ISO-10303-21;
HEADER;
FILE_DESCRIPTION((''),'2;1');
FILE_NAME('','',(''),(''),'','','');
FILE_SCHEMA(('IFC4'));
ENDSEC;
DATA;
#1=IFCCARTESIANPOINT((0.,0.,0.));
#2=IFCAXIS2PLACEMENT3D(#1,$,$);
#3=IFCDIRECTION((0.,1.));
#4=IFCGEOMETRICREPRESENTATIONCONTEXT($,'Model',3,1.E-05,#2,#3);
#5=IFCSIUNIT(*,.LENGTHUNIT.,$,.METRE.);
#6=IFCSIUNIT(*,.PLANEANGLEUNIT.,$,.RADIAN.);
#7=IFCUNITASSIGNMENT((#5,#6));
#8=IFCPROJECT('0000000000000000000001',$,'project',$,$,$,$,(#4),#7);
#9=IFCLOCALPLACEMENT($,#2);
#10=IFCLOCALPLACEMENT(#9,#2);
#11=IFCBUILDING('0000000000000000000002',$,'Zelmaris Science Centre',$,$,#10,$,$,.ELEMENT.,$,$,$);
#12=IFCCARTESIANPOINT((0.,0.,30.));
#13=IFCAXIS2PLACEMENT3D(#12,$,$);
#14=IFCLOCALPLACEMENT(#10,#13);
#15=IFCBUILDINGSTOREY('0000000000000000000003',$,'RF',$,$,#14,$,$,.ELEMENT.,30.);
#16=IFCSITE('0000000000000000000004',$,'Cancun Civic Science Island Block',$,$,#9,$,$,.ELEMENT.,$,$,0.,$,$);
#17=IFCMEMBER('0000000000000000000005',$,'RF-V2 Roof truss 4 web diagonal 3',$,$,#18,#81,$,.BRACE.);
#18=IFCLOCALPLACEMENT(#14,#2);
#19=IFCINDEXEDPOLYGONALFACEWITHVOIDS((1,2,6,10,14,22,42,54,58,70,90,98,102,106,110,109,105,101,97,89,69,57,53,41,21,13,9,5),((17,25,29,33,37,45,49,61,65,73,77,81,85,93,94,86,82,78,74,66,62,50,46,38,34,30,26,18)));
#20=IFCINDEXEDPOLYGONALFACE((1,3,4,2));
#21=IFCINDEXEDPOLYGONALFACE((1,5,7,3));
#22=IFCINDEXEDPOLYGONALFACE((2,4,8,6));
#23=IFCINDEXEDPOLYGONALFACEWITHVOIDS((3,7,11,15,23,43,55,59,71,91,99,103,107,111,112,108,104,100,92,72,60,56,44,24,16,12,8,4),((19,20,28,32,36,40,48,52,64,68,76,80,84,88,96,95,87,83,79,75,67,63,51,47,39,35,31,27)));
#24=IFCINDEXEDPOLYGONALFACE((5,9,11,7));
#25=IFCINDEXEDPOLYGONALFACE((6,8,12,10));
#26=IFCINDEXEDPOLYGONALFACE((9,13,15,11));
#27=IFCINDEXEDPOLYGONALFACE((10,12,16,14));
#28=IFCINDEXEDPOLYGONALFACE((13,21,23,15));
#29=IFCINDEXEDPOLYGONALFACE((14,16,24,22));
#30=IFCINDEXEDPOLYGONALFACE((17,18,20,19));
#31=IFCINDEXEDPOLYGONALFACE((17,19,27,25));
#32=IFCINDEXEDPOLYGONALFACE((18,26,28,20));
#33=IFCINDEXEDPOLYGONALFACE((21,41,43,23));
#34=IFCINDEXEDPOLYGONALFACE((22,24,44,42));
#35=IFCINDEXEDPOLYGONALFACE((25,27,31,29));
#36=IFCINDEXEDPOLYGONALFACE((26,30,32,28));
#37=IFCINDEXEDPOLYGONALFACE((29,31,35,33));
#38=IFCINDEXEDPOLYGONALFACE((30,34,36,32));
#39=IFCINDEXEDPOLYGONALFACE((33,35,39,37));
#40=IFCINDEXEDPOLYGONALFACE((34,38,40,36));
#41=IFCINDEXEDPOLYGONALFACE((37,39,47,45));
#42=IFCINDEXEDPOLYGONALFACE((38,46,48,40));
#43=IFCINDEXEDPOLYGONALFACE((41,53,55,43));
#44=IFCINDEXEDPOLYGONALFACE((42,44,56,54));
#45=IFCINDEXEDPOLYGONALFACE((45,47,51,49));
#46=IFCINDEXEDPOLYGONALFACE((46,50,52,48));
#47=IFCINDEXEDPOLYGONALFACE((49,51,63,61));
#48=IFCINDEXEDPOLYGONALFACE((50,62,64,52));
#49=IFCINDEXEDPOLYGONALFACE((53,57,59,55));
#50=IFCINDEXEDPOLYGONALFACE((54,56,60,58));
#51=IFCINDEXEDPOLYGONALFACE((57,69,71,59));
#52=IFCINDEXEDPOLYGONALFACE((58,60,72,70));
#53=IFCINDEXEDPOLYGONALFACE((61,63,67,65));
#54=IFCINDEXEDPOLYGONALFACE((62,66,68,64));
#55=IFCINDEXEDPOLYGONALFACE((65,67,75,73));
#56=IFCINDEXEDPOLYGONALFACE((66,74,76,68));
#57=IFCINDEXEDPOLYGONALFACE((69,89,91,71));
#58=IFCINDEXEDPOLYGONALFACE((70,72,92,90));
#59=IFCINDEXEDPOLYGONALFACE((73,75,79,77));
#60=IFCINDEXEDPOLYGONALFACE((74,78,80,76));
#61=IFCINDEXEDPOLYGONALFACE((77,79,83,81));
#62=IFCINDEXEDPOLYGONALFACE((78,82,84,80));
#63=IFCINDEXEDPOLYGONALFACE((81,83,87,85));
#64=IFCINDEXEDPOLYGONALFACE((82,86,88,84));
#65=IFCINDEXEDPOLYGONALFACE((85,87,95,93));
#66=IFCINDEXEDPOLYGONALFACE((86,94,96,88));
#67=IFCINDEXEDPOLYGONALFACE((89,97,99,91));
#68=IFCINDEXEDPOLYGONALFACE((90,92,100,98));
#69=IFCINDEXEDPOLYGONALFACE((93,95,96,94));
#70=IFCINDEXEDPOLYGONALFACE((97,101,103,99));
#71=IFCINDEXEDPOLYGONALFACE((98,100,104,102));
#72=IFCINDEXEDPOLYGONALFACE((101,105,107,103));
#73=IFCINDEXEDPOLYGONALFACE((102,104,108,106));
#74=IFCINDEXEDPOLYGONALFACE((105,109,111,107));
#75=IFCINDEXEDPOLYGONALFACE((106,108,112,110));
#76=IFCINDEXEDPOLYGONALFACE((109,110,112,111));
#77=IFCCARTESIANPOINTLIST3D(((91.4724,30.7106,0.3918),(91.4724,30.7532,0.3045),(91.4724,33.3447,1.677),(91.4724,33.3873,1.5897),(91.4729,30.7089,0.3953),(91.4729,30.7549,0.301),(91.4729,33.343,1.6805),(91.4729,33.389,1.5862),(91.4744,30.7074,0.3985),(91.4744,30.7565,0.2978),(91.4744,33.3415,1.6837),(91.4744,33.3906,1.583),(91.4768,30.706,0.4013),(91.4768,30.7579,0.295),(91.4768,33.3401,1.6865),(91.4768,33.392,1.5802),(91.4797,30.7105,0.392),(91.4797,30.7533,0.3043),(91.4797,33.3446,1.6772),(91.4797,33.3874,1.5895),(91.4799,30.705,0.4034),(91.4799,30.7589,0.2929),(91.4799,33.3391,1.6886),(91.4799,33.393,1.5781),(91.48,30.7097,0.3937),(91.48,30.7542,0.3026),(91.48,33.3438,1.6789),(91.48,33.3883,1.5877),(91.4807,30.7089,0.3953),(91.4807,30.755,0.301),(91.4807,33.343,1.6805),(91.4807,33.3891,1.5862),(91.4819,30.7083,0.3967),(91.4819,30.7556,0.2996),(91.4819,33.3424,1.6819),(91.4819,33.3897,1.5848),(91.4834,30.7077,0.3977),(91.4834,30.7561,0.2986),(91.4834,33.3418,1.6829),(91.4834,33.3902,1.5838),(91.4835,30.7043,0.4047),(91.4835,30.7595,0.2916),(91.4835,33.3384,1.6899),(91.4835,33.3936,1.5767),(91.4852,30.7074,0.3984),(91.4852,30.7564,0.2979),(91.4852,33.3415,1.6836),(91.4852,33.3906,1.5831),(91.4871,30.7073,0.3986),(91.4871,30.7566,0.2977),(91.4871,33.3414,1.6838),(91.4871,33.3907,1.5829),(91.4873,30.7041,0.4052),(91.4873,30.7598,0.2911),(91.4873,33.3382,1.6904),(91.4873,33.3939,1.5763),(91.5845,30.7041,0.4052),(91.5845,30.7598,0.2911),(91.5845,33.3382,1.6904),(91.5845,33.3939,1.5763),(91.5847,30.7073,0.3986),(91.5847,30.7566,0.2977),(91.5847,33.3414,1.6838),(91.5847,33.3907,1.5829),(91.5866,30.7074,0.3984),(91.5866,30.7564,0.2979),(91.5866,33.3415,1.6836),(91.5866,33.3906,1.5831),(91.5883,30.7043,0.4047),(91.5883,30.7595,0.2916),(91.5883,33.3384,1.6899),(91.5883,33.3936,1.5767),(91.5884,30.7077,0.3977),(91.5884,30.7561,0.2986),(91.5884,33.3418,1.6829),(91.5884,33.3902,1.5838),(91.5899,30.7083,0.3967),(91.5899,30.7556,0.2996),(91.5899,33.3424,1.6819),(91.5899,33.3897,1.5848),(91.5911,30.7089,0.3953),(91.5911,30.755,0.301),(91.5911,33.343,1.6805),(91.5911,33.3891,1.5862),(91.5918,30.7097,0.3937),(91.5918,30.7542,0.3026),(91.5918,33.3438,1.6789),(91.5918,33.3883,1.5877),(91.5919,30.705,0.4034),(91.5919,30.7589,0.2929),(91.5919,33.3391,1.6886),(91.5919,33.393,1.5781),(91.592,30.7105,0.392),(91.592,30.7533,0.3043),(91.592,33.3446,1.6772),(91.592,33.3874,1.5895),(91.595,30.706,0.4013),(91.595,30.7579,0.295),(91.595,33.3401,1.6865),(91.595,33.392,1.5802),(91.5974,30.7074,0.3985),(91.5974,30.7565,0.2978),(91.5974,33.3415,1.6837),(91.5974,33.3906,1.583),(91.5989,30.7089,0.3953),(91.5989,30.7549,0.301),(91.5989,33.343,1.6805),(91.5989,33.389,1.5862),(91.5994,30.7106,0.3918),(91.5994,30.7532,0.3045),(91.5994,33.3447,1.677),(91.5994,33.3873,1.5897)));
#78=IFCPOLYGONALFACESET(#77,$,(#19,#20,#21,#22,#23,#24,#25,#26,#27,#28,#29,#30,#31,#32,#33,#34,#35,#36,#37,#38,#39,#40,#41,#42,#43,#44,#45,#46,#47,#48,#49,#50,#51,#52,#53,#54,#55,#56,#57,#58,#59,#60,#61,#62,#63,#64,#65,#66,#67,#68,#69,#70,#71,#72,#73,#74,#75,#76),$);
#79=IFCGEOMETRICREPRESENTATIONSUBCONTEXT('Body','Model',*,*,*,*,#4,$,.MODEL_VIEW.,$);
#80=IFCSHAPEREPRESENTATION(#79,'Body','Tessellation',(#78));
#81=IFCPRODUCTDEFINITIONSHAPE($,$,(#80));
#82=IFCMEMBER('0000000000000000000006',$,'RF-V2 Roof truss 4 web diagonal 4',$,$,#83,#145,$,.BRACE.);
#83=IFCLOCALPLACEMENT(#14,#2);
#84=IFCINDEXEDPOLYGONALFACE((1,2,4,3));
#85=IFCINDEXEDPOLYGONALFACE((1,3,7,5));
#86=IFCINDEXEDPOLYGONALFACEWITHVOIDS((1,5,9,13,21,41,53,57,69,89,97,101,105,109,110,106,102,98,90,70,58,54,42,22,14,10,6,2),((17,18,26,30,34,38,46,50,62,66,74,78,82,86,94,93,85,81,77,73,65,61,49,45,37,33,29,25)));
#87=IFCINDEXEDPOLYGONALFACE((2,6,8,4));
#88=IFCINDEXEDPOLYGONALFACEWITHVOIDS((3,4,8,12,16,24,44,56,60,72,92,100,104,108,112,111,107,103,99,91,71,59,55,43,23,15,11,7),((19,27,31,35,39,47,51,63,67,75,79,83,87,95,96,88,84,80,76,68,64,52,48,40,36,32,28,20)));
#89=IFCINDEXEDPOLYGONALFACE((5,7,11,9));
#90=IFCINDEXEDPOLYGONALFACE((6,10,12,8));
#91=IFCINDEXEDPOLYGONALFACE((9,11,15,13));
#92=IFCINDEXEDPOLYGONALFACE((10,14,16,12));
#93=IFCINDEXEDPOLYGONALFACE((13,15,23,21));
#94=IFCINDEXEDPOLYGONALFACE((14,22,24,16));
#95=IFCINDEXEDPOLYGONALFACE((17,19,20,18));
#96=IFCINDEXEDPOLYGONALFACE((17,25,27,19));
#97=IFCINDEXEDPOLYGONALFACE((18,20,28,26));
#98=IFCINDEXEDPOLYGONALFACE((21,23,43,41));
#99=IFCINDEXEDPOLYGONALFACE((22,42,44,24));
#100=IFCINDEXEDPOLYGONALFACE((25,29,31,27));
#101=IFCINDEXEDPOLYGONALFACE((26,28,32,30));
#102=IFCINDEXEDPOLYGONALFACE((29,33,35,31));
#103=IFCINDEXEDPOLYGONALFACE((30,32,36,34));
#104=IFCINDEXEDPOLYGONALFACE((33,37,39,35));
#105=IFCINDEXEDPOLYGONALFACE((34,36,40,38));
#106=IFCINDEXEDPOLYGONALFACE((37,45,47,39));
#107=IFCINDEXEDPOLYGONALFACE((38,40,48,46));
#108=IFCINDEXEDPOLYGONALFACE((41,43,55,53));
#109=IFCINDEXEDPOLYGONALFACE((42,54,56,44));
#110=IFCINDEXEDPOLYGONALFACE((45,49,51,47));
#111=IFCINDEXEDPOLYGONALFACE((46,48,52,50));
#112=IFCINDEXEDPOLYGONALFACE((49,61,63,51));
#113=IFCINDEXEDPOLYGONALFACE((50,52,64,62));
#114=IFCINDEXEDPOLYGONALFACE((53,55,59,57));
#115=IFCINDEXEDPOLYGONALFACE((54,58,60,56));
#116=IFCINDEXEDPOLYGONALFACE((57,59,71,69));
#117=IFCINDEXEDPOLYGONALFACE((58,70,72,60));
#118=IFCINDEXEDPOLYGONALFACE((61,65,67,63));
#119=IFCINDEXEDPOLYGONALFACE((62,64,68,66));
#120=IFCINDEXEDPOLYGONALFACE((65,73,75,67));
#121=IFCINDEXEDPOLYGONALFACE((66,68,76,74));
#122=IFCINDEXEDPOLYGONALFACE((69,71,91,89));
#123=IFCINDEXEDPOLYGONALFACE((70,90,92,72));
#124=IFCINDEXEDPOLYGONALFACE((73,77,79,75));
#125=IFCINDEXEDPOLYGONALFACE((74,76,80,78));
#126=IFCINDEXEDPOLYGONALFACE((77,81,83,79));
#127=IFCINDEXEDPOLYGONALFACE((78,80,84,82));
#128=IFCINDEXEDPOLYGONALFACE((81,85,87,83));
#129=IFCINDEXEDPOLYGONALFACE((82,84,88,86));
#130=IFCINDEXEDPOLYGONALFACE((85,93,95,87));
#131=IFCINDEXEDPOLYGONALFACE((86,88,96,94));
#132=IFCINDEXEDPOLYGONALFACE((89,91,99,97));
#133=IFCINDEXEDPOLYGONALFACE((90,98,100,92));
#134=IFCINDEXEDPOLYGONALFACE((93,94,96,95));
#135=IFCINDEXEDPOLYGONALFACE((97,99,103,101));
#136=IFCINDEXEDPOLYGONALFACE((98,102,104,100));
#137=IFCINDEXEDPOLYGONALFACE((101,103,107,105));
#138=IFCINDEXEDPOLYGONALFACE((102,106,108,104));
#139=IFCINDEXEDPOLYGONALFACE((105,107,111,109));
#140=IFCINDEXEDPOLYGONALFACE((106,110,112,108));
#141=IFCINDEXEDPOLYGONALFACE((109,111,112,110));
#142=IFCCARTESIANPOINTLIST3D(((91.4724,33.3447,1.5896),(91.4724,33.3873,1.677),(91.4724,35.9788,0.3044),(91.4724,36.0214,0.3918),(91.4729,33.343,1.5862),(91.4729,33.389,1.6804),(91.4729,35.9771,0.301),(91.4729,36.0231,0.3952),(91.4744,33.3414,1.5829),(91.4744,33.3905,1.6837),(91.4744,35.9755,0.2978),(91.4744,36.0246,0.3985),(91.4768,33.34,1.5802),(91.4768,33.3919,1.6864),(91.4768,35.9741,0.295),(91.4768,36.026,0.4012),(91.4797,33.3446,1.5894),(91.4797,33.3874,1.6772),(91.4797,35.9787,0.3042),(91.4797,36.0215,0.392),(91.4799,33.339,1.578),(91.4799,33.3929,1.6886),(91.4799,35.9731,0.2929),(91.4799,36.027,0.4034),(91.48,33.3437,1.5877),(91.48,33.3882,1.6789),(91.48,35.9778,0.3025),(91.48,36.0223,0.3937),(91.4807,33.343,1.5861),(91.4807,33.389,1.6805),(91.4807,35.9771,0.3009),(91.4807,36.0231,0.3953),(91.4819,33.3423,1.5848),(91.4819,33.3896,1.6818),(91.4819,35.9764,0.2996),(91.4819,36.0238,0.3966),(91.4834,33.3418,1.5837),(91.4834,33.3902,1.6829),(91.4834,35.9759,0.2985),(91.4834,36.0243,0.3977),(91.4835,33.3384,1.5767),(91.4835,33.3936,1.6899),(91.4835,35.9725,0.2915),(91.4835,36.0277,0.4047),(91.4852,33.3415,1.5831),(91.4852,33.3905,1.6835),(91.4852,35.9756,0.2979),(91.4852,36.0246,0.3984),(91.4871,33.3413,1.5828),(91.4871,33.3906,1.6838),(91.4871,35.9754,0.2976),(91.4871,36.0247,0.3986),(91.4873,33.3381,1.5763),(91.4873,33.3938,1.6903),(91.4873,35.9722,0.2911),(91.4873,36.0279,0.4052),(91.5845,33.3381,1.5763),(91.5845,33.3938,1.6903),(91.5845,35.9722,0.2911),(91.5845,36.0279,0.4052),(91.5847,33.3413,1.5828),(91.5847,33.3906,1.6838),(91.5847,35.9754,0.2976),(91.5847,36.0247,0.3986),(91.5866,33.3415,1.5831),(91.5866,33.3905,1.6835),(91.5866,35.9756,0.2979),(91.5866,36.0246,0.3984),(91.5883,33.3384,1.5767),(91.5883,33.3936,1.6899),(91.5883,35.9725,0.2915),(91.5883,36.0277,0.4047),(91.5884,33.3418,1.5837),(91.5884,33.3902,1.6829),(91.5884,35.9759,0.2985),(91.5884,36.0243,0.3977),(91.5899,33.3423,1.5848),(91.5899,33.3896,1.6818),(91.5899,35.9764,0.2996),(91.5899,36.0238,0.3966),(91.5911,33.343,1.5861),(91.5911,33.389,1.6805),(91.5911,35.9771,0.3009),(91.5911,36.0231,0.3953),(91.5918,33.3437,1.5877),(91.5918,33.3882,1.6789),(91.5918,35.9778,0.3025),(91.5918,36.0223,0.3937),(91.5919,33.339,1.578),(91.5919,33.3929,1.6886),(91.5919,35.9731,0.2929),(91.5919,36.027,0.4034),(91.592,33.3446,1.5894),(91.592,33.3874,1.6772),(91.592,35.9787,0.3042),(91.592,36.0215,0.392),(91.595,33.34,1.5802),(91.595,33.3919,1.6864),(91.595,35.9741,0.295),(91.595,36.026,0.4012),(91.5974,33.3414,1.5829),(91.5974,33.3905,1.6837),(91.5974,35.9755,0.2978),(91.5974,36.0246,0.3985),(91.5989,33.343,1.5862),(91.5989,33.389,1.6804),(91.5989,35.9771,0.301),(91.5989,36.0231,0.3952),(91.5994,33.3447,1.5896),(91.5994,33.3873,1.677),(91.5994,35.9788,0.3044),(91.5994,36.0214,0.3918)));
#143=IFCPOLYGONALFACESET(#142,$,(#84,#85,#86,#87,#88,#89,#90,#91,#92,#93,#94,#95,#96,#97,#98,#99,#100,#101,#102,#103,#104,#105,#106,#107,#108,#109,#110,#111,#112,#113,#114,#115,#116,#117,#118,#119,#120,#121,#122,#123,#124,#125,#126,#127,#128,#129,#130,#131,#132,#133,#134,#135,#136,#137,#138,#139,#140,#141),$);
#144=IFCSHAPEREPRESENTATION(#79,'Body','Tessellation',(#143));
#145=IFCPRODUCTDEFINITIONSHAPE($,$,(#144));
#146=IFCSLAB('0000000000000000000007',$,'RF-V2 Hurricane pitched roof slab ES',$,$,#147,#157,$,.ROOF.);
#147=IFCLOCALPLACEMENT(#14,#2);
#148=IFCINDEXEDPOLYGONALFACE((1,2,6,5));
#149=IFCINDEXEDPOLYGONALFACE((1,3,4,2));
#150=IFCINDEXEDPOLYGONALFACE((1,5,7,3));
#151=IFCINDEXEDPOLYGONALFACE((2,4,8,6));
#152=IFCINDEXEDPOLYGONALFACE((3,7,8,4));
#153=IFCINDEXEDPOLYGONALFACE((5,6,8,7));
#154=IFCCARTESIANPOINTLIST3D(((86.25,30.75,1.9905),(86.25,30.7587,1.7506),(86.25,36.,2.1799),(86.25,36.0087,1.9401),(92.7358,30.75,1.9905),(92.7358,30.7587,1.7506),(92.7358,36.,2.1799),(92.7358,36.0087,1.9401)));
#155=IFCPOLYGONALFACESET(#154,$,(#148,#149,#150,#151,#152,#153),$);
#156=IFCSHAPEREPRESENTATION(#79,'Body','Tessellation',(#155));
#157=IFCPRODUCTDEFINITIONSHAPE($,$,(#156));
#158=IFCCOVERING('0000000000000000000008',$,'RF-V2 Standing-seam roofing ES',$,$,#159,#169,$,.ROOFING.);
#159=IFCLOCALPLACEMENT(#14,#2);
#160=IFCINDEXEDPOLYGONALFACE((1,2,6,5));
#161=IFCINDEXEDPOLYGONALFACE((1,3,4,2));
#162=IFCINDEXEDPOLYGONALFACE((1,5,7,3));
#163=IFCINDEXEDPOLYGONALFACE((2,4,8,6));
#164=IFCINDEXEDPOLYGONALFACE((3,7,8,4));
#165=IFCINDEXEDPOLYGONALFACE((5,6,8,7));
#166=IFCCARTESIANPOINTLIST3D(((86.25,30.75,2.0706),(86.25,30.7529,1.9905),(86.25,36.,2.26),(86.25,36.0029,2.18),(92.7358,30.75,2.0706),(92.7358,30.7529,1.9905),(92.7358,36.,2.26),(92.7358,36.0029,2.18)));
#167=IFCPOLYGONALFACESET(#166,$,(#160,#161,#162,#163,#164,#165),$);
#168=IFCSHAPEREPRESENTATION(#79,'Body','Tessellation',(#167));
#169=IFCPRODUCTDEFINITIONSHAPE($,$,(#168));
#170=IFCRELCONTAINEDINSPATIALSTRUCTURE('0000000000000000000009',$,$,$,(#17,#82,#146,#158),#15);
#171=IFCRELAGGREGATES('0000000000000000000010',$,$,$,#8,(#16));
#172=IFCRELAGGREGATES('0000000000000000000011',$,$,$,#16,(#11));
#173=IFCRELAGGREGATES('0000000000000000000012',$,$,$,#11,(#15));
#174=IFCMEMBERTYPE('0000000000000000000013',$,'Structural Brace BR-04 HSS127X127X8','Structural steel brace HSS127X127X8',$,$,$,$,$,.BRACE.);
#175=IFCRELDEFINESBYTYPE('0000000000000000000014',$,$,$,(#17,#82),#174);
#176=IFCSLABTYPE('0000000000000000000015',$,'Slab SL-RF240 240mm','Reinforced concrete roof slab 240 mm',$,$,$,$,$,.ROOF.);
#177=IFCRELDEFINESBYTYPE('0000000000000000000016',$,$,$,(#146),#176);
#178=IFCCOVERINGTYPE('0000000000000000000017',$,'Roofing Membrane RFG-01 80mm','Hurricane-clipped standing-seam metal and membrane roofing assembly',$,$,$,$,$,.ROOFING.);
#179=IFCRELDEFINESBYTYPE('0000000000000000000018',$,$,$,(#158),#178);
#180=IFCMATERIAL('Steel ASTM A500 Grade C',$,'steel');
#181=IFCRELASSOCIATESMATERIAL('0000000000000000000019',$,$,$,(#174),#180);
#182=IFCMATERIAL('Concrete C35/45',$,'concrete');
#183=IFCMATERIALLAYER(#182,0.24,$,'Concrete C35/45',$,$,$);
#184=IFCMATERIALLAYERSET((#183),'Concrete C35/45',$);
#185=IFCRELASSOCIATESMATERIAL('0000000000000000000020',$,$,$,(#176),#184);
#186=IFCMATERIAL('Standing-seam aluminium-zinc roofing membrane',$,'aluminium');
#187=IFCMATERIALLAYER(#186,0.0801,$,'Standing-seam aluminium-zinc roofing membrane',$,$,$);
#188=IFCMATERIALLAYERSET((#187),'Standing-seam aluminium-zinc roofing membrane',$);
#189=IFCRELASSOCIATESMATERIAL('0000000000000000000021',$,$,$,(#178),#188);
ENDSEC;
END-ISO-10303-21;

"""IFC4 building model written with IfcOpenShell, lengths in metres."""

from ifc_helpers import new_model, si_unit, direction, frame, origin, origin_2d, place, context, subcontext, project, spatial, polyline, hollow_rectangle, outline, extrude, material, layer, layer_set, material_profile, profile_set, type_object, element, save


model = new_model("IFC4")

# Units and contexts
model_context = context("Model", 3, precision=1e-05, world=origin(), true_north=direction((0.0, 1.0)))
body_context = subcontext(model_context, "Body", "Model", "MODEL_VIEW")
ifc_project = project(units=[si_unit("LENGTHUNIT", "METRE"), si_unit("PLANEANGLEUNIT", "RADIAN")], contexts=[model_context])

# Site, building, storey
site_placement = place(None, origin())
site = spatial("IfcSite", under=ifc_project, at=site_placement, Name="Cancun Civic Science Island Block", CompositionType="ELEMENT", RefElevation=0.0)
building_placement = place(site_placement, origin())
building = spatial("IfcBuilding", under=site, at=building_placement, Name="Zelmaris Science Centre", CompositionType="ELEMENT")
storey_placement = place(building_placement, frame((0.0, 0.0, 30.0)))
storey = spatial("IfcBuildingStorey", under=building, at=storey_placement, Name="RF", CompositionType="ELEMENT", Elevation=30.0)

# Shared definitions
ifc_material_1 = material(Name="Steel ASTM A500 Grade C", Category="steel")

# Members
ifc_material_profile_1 = material_profile(ifc_material_1, hollow_rectangle(XDim=0.127, YDim=0.127, WallThickness=0.0073, InnerFilletRadius=0.0073, OuterFilletRadius=0.0149, at=origin_2d()), Name="HSS127X127X8")
ifc_profile_set_1 = profile_set([ifc_material_profile_1], Name="Steel ASTM A500 Grade C")
member_type_1 = type_object("IfcMemberType", Name="Structural Brace BR-04 HSS127X127X8", Description="Structural steel brace HSS127X127X8", PredefinedType="BRACE", material=ifc_profile_set_1)
for number, where, z_axis, x_axis, name in (
    (1, (91.5359, 30.7319, 0.3481), (0.0, 0.898733, 0.438496), (-1.0, 0.0, 0.0), "RF-V2 Roof truss 4 web diagonal 3"),
    (2, (91.5359, 33.366, 1.6333), (0.0, 0.898733, -0.438496), (-1.0, 0.0, 0.0), "RF-V2 Roof truss 4 web diagonal 4"),
):
    element("IfcMember", number, at=place(storey_placement, frame(where, z_axis=z_axis, x_axis=x_axis)), inside=storey, type_object=member_type_1, Name=name, PredefinedType="BRACE", context=body_context, shape_type="SweptSolid", body=[
        extrude(hollow_rectangle(XDim=0.127, YDim=0.127, WallThickness=0.0073, InnerFilletRadius=0.0073, OuterFilletRadius=0.0149, at=origin_2d()), origin(), (0.0, 0.0, 1.0), 2.9309),
    ])

# Slab
ifc_material_2 = material(Name="Concrete C35/45", Category="concrete")
ifc_layer_1 = layer(ifc_material_2, 0.24, Name="Concrete C35/45")
ifc_layer_set_1 = layer_set([ifc_layer_1], Name="Concrete C35/45")
slab_type = type_object("IfcSlabType", Name="Slab SL-RF240 240mm", Description="Reinforced concrete roof slab 240 mm", PredefinedType="ROOF", material=ifc_layer_set_1)
slab_placement = place(storey_placement, frame((86.25, 30.75, 1.9905), z_axis=(0.0, -0.036063, 0.99935), x_axis=(1.0, 0.0, 0.0)))
element("IfcSlab", 3, at=slab_placement, inside=storey, type_object=slab_type, Name="RF-V2 Hurricane pitched roof slab ES", PredefinedType="ROOF", context=body_context, shape_type="SweptSolid", body=[
    extrude(outline(polyline([(0.0, 0.0), (6.4858, 0.0), (6.4858, 5.2534), (0.0, 5.2534), (0.0, 0.0)])), origin(), (0.0, 0.0, -1.0), 0.24),
])

# Covering
ifc_material_3 = material(Name="Standing-seam aluminium-zinc roofing membrane", Category="aluminium")
ifc_layer_2 = layer(ifc_material_3, 0.0801, Name="Standing-seam aluminium-zinc roofing membrane")
ifc_layer_set_2 = layer_set([ifc_layer_2], Name="Standing-seam aluminium-zinc roofing membrane")
covering_type = type_object("IfcCoveringType", Name="Roofing Membrane RFG-01 80mm", Description="Hurricane-clipped standing-seam metal and membrane roofing assembly", PredefinedType="ROOFING", material=ifc_layer_set_2)
covering_placement = place(storey_placement, frame((86.25, 30.75, 2.0706), z_axis=(0.0, -0.036063, 0.99935), x_axis=(1.0, 0.0, 0.0)))
element("IfcCovering", 4, at=covering_placement, inside=storey, type_object=covering_type, Name="RF-V2 Standing-seam roofing ES", PredefinedType="ROOFING", context=body_context, shape_type="SweptSolid", body=[
    extrude(outline(polyline([(0.0, 0.0), (6.4858, 0.0), (6.4858, 5.2534), (0.0, 5.2534), (0.0, 0.0)])), origin(), (0.0, 0.0, -1.0), 0.0801),
])

save(model, "model.ifc")
